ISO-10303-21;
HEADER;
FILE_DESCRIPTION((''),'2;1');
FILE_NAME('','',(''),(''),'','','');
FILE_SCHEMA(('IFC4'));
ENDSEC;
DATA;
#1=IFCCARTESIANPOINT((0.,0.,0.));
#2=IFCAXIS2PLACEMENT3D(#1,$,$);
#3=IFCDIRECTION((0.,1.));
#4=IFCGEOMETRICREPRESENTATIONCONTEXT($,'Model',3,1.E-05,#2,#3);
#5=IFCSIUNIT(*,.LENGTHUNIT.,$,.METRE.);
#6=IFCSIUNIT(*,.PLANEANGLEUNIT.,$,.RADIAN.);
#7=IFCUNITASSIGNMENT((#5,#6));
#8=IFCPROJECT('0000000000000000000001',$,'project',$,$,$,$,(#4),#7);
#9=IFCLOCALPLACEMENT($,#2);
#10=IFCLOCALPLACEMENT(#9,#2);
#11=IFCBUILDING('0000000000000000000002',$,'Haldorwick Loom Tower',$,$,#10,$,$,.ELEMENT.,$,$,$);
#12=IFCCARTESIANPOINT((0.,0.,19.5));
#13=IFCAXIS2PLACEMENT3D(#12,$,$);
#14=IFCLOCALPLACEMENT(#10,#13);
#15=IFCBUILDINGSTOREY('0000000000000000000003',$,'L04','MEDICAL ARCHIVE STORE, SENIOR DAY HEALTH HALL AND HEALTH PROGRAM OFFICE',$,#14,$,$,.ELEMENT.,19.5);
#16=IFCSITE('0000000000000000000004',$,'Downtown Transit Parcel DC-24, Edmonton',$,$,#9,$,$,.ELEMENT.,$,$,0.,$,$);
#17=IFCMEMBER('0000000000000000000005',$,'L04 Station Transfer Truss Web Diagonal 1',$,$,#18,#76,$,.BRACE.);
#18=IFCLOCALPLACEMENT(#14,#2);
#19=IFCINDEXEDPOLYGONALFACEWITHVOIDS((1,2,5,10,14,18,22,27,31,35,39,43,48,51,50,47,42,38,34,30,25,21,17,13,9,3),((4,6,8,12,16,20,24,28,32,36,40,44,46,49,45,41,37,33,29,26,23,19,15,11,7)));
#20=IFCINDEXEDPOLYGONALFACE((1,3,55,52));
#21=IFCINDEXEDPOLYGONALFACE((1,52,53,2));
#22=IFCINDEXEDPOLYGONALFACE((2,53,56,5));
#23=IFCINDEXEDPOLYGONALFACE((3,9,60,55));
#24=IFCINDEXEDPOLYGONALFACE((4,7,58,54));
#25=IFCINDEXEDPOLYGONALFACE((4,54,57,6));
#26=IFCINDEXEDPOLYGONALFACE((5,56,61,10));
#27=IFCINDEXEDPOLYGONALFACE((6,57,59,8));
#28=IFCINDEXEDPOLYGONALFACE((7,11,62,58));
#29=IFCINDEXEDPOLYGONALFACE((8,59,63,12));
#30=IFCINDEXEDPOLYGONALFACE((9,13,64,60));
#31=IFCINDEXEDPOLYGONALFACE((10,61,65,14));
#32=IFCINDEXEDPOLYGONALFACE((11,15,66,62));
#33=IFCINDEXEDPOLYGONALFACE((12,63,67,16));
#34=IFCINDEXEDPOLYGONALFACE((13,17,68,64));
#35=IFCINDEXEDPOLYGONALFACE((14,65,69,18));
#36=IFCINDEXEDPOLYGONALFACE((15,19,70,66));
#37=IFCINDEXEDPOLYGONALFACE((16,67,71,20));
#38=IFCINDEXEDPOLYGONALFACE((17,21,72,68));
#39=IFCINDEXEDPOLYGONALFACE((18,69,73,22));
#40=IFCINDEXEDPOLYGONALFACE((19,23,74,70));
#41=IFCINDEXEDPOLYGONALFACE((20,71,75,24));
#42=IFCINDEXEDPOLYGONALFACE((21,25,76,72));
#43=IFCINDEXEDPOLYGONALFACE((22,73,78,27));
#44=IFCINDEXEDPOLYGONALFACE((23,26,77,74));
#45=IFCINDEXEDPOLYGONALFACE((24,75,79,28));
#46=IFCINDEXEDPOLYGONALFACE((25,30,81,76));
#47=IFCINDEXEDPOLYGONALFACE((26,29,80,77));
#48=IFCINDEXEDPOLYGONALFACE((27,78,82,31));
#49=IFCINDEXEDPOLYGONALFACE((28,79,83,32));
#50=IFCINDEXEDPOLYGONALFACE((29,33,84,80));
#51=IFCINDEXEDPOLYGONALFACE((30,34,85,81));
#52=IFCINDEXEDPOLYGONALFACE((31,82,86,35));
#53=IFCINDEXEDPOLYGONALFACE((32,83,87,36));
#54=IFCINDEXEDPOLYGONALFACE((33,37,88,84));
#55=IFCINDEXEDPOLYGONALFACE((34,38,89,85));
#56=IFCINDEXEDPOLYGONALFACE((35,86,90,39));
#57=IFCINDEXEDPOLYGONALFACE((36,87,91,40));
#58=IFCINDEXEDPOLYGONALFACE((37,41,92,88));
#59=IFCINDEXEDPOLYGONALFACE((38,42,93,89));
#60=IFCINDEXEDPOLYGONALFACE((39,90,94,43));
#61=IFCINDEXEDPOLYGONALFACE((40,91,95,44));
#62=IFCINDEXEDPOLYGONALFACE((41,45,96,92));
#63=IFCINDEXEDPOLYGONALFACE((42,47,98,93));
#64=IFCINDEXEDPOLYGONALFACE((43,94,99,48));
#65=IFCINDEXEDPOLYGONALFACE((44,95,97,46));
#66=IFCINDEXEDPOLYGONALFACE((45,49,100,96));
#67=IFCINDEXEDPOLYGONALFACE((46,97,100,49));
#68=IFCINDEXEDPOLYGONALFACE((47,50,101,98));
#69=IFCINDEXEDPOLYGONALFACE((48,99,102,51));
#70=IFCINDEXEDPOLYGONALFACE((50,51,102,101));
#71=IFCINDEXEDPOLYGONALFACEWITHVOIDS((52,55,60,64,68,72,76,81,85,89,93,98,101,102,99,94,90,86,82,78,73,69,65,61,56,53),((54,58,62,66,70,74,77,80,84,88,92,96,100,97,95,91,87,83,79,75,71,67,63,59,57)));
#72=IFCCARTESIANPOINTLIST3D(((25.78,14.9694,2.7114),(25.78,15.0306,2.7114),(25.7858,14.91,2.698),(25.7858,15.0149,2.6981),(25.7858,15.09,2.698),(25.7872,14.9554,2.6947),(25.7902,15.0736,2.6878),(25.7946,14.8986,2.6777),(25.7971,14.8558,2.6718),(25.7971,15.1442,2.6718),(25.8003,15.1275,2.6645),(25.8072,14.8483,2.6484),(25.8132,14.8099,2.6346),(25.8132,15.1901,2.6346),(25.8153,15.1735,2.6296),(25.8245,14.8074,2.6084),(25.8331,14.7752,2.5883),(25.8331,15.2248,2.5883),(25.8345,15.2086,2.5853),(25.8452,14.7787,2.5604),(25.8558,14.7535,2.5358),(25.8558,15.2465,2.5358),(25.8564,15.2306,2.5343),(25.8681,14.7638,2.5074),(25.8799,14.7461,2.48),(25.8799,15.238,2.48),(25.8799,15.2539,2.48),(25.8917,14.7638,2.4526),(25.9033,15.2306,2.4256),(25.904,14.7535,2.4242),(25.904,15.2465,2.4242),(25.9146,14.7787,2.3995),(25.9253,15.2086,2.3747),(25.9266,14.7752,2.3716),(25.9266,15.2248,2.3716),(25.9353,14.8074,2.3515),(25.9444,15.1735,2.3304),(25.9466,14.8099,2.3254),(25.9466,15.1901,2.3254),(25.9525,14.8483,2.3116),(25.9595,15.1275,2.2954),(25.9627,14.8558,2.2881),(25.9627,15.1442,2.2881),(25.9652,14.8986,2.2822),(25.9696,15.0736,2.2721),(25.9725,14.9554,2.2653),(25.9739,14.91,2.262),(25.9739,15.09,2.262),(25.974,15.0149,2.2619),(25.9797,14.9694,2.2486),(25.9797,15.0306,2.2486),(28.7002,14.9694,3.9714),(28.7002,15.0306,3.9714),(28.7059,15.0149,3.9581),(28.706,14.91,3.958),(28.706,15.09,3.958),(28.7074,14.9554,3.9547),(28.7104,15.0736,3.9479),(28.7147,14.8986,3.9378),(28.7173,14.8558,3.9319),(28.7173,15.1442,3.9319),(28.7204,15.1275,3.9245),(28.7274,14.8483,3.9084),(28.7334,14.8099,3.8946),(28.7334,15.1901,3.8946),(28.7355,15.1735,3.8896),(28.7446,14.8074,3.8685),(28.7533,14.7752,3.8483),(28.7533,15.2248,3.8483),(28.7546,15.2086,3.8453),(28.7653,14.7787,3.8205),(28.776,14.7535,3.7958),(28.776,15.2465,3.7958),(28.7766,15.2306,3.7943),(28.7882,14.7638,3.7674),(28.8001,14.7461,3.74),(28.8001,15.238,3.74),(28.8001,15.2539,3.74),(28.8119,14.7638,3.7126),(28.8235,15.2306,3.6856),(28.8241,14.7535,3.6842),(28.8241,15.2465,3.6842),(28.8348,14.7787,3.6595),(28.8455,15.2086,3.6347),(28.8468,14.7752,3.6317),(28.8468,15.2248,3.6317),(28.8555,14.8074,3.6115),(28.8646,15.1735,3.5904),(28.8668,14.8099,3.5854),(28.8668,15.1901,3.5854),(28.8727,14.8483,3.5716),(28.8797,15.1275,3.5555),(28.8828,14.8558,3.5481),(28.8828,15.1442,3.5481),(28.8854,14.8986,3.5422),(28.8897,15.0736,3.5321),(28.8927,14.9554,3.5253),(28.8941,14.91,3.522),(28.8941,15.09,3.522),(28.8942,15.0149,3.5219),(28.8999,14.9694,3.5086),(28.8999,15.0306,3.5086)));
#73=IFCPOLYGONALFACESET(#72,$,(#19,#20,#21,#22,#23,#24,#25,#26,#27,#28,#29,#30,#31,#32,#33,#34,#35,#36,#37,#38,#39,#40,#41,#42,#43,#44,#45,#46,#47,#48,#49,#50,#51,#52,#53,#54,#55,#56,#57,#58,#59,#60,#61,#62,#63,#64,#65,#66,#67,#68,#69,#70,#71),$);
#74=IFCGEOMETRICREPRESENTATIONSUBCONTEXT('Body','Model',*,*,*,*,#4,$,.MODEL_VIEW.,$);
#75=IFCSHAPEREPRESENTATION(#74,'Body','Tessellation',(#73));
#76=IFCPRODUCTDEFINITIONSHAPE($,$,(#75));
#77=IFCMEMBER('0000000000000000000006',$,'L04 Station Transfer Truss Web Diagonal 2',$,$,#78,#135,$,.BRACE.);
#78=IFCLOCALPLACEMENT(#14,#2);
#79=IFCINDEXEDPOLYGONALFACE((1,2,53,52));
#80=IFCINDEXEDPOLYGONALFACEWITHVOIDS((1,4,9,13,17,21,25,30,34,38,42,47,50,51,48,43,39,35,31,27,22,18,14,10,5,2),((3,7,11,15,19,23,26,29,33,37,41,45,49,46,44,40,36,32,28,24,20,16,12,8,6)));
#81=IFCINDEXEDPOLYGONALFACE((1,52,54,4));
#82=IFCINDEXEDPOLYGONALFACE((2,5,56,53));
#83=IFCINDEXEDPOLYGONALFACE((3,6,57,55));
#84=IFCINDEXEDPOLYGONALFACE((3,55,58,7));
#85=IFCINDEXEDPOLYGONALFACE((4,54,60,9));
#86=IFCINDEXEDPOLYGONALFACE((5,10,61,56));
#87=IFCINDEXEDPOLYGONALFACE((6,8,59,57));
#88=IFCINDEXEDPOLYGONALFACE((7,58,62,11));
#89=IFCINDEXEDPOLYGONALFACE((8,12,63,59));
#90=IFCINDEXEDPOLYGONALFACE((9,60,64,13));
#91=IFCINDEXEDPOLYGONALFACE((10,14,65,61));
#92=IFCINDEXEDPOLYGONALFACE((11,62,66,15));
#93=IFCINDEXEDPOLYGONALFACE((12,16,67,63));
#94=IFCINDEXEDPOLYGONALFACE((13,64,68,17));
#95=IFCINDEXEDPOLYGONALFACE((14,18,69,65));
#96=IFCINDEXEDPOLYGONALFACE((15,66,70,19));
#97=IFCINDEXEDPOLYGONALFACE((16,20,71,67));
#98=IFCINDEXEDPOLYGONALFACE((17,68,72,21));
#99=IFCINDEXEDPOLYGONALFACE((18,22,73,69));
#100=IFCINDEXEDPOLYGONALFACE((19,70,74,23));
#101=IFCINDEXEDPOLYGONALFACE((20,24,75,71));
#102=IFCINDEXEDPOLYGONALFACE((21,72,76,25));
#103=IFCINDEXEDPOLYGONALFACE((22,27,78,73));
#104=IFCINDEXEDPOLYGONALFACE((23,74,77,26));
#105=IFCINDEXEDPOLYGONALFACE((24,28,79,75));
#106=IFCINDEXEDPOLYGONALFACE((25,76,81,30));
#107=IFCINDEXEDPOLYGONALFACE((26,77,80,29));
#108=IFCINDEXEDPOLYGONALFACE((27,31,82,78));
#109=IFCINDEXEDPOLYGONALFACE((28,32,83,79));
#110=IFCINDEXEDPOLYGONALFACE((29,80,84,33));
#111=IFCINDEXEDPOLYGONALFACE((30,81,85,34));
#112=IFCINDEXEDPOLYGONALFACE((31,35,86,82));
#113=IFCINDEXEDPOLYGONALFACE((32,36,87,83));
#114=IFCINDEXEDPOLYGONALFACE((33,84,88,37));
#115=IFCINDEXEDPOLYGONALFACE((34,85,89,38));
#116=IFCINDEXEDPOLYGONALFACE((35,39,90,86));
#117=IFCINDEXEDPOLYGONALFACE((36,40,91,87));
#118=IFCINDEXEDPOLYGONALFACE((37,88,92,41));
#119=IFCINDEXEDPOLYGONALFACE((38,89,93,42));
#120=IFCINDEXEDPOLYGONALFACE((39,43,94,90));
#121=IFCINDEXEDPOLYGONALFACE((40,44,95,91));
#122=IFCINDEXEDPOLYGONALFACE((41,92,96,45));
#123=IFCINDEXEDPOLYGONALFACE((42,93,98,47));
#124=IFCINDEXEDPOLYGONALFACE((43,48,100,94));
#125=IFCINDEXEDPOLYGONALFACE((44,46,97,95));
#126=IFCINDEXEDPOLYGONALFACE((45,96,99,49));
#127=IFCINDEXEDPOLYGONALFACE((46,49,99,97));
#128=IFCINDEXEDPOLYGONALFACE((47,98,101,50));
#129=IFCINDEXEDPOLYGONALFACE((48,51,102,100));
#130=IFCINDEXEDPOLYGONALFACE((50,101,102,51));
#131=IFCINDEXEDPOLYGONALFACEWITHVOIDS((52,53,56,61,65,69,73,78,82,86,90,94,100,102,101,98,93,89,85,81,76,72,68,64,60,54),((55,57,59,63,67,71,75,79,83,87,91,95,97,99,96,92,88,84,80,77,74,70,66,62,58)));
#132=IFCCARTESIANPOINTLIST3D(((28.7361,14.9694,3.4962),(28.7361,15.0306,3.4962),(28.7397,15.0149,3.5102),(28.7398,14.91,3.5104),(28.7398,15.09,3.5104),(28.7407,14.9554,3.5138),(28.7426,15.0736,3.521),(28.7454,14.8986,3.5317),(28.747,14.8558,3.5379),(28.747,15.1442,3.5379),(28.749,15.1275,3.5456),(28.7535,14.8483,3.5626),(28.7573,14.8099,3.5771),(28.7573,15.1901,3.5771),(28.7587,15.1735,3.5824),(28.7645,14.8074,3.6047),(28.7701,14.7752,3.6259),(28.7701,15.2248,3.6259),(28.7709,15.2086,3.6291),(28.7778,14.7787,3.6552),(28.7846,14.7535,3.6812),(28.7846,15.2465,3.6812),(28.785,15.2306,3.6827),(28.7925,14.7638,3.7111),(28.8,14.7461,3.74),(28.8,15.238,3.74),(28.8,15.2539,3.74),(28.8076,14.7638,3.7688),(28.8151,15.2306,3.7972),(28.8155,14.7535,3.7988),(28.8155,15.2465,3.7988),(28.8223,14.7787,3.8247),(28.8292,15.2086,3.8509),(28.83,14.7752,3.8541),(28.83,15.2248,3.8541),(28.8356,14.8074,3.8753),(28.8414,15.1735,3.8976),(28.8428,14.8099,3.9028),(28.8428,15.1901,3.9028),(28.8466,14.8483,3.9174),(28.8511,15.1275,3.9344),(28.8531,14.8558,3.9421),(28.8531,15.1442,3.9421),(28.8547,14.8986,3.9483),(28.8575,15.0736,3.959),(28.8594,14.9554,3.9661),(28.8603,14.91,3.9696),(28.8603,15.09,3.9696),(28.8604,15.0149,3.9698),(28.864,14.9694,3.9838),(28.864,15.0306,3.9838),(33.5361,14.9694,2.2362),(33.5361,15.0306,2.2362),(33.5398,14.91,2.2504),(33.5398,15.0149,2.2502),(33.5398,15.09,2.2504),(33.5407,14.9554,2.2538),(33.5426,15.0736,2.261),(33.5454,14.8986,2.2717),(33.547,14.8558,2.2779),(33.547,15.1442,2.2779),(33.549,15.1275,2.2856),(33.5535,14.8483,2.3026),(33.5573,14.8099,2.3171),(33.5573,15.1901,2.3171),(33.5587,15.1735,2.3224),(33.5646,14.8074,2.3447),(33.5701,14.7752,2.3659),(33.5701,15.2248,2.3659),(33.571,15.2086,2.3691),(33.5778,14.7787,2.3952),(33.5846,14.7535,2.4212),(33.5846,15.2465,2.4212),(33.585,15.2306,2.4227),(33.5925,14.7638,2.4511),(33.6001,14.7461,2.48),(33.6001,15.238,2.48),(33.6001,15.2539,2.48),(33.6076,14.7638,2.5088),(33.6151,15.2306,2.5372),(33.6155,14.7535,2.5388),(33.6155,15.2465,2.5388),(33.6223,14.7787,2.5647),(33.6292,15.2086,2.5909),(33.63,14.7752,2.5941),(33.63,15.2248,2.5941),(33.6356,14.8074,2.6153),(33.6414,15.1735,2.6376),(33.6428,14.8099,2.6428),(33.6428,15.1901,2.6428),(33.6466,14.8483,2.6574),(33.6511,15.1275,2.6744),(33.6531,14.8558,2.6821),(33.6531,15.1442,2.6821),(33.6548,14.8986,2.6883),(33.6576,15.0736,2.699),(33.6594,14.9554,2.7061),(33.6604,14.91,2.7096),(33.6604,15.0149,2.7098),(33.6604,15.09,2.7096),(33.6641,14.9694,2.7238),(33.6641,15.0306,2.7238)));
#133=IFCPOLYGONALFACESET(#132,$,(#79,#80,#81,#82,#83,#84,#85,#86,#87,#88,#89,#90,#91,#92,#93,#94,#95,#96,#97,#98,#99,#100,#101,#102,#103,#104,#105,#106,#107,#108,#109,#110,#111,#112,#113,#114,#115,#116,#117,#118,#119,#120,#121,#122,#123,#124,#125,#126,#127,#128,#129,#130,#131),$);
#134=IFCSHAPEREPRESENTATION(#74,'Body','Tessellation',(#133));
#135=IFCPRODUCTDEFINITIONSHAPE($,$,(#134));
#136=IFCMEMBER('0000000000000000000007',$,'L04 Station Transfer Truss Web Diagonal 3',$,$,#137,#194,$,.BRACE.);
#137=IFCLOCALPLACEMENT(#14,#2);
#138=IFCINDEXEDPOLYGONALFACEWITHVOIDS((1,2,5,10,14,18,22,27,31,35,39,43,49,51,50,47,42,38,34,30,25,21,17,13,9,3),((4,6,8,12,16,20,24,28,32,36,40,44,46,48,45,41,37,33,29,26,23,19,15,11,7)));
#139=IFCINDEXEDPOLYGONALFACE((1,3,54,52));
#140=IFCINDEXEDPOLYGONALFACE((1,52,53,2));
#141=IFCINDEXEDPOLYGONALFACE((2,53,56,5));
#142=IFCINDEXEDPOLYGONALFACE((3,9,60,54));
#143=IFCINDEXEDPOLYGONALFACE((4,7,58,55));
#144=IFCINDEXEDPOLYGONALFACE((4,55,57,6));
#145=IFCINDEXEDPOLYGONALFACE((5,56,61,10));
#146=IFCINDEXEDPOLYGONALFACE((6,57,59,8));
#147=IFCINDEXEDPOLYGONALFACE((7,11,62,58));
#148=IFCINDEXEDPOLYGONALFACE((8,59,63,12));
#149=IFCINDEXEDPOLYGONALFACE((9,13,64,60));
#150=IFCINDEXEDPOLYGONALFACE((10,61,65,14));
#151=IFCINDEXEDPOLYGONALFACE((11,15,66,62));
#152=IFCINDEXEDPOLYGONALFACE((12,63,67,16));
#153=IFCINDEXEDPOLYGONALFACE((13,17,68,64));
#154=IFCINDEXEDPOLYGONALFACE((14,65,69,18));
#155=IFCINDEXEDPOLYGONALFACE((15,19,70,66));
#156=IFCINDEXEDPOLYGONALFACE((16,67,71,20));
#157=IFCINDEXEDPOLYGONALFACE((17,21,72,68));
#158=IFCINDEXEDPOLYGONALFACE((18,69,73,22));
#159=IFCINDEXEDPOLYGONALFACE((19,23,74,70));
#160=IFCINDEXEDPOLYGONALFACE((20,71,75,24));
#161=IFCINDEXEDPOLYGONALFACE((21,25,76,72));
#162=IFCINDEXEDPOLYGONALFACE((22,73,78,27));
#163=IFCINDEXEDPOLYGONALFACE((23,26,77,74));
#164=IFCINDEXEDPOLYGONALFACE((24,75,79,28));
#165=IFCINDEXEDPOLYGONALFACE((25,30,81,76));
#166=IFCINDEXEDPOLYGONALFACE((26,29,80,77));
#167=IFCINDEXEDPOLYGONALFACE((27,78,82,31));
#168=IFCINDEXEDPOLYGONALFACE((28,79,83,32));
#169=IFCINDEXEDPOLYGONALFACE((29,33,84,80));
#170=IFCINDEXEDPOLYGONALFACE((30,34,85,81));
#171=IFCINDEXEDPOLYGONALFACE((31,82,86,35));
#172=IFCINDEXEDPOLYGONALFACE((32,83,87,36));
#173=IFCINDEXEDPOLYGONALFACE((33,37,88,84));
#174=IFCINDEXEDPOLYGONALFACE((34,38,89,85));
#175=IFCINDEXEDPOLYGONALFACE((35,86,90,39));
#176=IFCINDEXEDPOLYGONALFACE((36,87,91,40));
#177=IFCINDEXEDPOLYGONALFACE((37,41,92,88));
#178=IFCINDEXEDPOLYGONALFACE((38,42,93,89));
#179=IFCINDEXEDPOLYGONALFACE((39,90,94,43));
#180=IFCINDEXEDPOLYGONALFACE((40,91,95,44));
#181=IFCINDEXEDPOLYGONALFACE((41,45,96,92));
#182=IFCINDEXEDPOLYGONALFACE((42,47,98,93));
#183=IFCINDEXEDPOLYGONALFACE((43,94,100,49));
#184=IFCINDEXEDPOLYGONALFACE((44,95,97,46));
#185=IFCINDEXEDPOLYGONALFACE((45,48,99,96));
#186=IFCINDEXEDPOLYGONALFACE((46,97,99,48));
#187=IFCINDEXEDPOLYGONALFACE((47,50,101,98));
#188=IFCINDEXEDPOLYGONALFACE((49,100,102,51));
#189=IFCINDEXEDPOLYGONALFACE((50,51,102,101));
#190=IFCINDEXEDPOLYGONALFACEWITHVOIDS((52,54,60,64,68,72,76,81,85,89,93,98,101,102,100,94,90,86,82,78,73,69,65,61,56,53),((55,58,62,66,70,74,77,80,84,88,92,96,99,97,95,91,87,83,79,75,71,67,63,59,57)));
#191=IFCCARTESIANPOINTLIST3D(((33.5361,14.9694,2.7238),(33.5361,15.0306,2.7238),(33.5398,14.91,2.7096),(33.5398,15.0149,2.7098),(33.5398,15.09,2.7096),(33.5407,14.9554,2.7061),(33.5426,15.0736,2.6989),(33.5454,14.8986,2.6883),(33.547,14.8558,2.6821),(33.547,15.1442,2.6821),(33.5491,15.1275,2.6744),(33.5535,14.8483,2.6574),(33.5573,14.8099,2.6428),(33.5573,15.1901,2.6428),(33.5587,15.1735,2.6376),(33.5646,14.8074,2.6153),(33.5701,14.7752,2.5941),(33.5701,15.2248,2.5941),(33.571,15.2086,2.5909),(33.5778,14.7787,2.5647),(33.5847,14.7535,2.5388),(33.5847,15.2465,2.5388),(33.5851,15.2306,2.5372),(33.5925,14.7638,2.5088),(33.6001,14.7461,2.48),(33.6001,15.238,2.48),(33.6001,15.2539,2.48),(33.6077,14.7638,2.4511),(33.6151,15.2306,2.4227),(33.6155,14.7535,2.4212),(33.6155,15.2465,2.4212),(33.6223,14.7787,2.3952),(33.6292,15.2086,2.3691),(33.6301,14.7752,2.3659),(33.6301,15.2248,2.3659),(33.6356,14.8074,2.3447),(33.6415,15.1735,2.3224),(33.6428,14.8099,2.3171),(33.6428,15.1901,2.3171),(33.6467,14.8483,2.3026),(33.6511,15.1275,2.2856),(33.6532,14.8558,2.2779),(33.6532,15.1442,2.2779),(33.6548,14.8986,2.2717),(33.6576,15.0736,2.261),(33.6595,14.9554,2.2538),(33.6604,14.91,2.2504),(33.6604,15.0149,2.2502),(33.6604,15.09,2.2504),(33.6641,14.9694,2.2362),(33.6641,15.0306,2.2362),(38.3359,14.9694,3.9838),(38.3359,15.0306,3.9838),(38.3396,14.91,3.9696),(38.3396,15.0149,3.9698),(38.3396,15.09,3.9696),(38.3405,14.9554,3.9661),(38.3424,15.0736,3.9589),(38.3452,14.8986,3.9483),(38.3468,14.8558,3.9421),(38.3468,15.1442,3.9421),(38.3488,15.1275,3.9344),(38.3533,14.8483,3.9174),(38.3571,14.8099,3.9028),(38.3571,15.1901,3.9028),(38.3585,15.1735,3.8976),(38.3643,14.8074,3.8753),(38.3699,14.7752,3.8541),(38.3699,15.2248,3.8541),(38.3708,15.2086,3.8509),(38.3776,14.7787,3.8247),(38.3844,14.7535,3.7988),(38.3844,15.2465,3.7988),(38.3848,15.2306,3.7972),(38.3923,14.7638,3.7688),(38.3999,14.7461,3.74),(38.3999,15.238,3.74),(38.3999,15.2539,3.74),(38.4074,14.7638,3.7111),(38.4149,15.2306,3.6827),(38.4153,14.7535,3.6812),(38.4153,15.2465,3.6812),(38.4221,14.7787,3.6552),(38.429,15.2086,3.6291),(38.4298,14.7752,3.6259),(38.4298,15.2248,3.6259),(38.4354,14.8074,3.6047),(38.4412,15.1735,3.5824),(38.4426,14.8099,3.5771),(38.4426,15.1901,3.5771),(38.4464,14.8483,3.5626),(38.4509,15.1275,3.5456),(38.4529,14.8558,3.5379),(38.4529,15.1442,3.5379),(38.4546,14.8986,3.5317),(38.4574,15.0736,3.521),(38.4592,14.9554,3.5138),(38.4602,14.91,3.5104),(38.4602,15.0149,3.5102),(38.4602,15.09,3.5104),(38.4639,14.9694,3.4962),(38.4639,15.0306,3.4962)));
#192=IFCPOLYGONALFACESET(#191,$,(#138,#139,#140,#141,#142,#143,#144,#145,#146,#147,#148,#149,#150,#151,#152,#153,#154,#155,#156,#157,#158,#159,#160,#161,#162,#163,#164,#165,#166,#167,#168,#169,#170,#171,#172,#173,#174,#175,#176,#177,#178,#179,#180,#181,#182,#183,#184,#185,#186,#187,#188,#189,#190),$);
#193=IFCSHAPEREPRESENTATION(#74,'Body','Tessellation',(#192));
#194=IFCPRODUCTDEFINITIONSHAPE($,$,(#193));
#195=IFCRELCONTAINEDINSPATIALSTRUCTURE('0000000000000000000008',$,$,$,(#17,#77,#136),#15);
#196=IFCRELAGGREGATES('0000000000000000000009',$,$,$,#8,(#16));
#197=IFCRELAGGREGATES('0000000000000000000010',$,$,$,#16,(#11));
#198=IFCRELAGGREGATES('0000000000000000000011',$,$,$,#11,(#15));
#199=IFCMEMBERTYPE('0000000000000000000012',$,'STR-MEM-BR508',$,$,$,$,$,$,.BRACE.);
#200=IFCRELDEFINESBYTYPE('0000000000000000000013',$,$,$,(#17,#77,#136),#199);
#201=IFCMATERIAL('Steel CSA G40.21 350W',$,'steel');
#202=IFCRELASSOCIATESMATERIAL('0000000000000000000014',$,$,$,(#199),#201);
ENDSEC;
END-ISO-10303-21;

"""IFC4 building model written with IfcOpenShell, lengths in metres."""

from ifc_helpers import new_model, si_unit, direction, frame, origin, origin_2d, place, context, subcontext, project, spatial, hollow_circle, extrude, material, material_profile, profile_set, type_object, element, save


model = new_model("IFC4")

# Units and contexts
model_context = context("Model", 3, precision=1e-05, world=origin(), true_north=direction((0.0, 1.0)))
body_context = subcontext(model_context, "Body", "Model", "MODEL_VIEW")
ifc_project = project(units=[si_unit("LENGTHUNIT", "METRE"), si_unit("PLANEANGLEUNIT", "RADIAN")], contexts=[model_context])

# Site, building, storey
site_placement = place(None, origin())
site = spatial("IfcSite", under=ifc_project, at=site_placement, Name="Downtown Transit Parcel DC-24, Edmonton", CompositionType="ELEMENT", RefElevation=0.0)
building_placement = place(site_placement, origin())
building = spatial("IfcBuilding", under=site, at=building_placement, Name="Haldorwick Loom Tower", CompositionType="ELEMENT")
storey_placement = place(building_placement, frame((0.0, 0.0, 19.5)))
storey = spatial("IfcBuildingStorey", under=building, at=storey_placement, Name="L04", Description="MEDICAL ARCHIVE STORE, SENIOR DAY HEALTH HALL AND HEALTH PROGRAM OFFICE", CompositionType="ELEMENT", Elevation=19.5)

# Members
ifc_material_1 = material(Name="Steel CSA G40.21 350W", Category="steel")
ifc_material_profile_1 = material_profile(ifc_material_1, hollow_circle(Radius=0.2539, WallThickness=0.0159, at=origin_2d()), Name="HSS508X16", Category="steel")
ifc_profile_set_1 = profile_set([ifc_material_profile_1], Name="Steel CSA G40.21 350W")
member_type_1 = type_object("IfcMemberType", Name="STR-MEM-BR508", PredefinedType="BRACE", material=ifc_profile_set_1)
member_1_placement = place(storey_placement, frame((25.8799, 15.0, 2.48), z_axis=(0.918173, 0.0, 0.396179), x_axis=(0.0, 1.0, 0.0)))
element("IfcMember", 1, at=member_1_placement, inside=storey, type_object=member_type_1, Name="L04 Station Transfer Truss Web Diagonal 1", PredefinedType="BRACE", context=body_context, shape_type="SweptSolid", body=[
    extrude(hollow_circle(Radius=0.2539, WallThickness=0.0159, at=origin_2d()), origin(), (0.0, 0.0, 1.0), 3.1804),
])
member_2_placement = place(storey_placement, frame((28.8, 15.0, 3.74), z_axis=(0.967231, 0.0, -0.253898), x_axis=(0.0, 1.0, 0.0)))
element("IfcMember", 2, at=member_2_placement, inside=storey, type_object=member_type_1, Name="L04 Station Transfer Truss Web Diagonal 2", PredefinedType="BRACE", context=body_context, shape_type="SweptSolid", body=[
    extrude(hollow_circle(Radius=0.2539, WallThickness=0.0159, at=origin_2d()), origin(), (0.0, 0.0, 1.0), 4.9626),
])
member_3_placement = place(storey_placement, frame((33.6001, 15.0, 2.48), z_axis=(0.967228, 0.0, 0.25391), x_axis=(0.0, 1.0, 0.0)))
element("IfcMember", 3, at=member_3_placement, inside=storey, type_object=member_type_1, Name="L04 Station Transfer Truss Web Diagonal 3", PredefinedType="BRACE", context=body_context, shape_type="SweptSolid", body=[
    extrude(hollow_circle(Radius=0.2539, WallThickness=0.0159, at=origin_2d()), origin(), (0.0, 0.0, 1.0), 4.9624),
])

save(model, "model.ifc")
